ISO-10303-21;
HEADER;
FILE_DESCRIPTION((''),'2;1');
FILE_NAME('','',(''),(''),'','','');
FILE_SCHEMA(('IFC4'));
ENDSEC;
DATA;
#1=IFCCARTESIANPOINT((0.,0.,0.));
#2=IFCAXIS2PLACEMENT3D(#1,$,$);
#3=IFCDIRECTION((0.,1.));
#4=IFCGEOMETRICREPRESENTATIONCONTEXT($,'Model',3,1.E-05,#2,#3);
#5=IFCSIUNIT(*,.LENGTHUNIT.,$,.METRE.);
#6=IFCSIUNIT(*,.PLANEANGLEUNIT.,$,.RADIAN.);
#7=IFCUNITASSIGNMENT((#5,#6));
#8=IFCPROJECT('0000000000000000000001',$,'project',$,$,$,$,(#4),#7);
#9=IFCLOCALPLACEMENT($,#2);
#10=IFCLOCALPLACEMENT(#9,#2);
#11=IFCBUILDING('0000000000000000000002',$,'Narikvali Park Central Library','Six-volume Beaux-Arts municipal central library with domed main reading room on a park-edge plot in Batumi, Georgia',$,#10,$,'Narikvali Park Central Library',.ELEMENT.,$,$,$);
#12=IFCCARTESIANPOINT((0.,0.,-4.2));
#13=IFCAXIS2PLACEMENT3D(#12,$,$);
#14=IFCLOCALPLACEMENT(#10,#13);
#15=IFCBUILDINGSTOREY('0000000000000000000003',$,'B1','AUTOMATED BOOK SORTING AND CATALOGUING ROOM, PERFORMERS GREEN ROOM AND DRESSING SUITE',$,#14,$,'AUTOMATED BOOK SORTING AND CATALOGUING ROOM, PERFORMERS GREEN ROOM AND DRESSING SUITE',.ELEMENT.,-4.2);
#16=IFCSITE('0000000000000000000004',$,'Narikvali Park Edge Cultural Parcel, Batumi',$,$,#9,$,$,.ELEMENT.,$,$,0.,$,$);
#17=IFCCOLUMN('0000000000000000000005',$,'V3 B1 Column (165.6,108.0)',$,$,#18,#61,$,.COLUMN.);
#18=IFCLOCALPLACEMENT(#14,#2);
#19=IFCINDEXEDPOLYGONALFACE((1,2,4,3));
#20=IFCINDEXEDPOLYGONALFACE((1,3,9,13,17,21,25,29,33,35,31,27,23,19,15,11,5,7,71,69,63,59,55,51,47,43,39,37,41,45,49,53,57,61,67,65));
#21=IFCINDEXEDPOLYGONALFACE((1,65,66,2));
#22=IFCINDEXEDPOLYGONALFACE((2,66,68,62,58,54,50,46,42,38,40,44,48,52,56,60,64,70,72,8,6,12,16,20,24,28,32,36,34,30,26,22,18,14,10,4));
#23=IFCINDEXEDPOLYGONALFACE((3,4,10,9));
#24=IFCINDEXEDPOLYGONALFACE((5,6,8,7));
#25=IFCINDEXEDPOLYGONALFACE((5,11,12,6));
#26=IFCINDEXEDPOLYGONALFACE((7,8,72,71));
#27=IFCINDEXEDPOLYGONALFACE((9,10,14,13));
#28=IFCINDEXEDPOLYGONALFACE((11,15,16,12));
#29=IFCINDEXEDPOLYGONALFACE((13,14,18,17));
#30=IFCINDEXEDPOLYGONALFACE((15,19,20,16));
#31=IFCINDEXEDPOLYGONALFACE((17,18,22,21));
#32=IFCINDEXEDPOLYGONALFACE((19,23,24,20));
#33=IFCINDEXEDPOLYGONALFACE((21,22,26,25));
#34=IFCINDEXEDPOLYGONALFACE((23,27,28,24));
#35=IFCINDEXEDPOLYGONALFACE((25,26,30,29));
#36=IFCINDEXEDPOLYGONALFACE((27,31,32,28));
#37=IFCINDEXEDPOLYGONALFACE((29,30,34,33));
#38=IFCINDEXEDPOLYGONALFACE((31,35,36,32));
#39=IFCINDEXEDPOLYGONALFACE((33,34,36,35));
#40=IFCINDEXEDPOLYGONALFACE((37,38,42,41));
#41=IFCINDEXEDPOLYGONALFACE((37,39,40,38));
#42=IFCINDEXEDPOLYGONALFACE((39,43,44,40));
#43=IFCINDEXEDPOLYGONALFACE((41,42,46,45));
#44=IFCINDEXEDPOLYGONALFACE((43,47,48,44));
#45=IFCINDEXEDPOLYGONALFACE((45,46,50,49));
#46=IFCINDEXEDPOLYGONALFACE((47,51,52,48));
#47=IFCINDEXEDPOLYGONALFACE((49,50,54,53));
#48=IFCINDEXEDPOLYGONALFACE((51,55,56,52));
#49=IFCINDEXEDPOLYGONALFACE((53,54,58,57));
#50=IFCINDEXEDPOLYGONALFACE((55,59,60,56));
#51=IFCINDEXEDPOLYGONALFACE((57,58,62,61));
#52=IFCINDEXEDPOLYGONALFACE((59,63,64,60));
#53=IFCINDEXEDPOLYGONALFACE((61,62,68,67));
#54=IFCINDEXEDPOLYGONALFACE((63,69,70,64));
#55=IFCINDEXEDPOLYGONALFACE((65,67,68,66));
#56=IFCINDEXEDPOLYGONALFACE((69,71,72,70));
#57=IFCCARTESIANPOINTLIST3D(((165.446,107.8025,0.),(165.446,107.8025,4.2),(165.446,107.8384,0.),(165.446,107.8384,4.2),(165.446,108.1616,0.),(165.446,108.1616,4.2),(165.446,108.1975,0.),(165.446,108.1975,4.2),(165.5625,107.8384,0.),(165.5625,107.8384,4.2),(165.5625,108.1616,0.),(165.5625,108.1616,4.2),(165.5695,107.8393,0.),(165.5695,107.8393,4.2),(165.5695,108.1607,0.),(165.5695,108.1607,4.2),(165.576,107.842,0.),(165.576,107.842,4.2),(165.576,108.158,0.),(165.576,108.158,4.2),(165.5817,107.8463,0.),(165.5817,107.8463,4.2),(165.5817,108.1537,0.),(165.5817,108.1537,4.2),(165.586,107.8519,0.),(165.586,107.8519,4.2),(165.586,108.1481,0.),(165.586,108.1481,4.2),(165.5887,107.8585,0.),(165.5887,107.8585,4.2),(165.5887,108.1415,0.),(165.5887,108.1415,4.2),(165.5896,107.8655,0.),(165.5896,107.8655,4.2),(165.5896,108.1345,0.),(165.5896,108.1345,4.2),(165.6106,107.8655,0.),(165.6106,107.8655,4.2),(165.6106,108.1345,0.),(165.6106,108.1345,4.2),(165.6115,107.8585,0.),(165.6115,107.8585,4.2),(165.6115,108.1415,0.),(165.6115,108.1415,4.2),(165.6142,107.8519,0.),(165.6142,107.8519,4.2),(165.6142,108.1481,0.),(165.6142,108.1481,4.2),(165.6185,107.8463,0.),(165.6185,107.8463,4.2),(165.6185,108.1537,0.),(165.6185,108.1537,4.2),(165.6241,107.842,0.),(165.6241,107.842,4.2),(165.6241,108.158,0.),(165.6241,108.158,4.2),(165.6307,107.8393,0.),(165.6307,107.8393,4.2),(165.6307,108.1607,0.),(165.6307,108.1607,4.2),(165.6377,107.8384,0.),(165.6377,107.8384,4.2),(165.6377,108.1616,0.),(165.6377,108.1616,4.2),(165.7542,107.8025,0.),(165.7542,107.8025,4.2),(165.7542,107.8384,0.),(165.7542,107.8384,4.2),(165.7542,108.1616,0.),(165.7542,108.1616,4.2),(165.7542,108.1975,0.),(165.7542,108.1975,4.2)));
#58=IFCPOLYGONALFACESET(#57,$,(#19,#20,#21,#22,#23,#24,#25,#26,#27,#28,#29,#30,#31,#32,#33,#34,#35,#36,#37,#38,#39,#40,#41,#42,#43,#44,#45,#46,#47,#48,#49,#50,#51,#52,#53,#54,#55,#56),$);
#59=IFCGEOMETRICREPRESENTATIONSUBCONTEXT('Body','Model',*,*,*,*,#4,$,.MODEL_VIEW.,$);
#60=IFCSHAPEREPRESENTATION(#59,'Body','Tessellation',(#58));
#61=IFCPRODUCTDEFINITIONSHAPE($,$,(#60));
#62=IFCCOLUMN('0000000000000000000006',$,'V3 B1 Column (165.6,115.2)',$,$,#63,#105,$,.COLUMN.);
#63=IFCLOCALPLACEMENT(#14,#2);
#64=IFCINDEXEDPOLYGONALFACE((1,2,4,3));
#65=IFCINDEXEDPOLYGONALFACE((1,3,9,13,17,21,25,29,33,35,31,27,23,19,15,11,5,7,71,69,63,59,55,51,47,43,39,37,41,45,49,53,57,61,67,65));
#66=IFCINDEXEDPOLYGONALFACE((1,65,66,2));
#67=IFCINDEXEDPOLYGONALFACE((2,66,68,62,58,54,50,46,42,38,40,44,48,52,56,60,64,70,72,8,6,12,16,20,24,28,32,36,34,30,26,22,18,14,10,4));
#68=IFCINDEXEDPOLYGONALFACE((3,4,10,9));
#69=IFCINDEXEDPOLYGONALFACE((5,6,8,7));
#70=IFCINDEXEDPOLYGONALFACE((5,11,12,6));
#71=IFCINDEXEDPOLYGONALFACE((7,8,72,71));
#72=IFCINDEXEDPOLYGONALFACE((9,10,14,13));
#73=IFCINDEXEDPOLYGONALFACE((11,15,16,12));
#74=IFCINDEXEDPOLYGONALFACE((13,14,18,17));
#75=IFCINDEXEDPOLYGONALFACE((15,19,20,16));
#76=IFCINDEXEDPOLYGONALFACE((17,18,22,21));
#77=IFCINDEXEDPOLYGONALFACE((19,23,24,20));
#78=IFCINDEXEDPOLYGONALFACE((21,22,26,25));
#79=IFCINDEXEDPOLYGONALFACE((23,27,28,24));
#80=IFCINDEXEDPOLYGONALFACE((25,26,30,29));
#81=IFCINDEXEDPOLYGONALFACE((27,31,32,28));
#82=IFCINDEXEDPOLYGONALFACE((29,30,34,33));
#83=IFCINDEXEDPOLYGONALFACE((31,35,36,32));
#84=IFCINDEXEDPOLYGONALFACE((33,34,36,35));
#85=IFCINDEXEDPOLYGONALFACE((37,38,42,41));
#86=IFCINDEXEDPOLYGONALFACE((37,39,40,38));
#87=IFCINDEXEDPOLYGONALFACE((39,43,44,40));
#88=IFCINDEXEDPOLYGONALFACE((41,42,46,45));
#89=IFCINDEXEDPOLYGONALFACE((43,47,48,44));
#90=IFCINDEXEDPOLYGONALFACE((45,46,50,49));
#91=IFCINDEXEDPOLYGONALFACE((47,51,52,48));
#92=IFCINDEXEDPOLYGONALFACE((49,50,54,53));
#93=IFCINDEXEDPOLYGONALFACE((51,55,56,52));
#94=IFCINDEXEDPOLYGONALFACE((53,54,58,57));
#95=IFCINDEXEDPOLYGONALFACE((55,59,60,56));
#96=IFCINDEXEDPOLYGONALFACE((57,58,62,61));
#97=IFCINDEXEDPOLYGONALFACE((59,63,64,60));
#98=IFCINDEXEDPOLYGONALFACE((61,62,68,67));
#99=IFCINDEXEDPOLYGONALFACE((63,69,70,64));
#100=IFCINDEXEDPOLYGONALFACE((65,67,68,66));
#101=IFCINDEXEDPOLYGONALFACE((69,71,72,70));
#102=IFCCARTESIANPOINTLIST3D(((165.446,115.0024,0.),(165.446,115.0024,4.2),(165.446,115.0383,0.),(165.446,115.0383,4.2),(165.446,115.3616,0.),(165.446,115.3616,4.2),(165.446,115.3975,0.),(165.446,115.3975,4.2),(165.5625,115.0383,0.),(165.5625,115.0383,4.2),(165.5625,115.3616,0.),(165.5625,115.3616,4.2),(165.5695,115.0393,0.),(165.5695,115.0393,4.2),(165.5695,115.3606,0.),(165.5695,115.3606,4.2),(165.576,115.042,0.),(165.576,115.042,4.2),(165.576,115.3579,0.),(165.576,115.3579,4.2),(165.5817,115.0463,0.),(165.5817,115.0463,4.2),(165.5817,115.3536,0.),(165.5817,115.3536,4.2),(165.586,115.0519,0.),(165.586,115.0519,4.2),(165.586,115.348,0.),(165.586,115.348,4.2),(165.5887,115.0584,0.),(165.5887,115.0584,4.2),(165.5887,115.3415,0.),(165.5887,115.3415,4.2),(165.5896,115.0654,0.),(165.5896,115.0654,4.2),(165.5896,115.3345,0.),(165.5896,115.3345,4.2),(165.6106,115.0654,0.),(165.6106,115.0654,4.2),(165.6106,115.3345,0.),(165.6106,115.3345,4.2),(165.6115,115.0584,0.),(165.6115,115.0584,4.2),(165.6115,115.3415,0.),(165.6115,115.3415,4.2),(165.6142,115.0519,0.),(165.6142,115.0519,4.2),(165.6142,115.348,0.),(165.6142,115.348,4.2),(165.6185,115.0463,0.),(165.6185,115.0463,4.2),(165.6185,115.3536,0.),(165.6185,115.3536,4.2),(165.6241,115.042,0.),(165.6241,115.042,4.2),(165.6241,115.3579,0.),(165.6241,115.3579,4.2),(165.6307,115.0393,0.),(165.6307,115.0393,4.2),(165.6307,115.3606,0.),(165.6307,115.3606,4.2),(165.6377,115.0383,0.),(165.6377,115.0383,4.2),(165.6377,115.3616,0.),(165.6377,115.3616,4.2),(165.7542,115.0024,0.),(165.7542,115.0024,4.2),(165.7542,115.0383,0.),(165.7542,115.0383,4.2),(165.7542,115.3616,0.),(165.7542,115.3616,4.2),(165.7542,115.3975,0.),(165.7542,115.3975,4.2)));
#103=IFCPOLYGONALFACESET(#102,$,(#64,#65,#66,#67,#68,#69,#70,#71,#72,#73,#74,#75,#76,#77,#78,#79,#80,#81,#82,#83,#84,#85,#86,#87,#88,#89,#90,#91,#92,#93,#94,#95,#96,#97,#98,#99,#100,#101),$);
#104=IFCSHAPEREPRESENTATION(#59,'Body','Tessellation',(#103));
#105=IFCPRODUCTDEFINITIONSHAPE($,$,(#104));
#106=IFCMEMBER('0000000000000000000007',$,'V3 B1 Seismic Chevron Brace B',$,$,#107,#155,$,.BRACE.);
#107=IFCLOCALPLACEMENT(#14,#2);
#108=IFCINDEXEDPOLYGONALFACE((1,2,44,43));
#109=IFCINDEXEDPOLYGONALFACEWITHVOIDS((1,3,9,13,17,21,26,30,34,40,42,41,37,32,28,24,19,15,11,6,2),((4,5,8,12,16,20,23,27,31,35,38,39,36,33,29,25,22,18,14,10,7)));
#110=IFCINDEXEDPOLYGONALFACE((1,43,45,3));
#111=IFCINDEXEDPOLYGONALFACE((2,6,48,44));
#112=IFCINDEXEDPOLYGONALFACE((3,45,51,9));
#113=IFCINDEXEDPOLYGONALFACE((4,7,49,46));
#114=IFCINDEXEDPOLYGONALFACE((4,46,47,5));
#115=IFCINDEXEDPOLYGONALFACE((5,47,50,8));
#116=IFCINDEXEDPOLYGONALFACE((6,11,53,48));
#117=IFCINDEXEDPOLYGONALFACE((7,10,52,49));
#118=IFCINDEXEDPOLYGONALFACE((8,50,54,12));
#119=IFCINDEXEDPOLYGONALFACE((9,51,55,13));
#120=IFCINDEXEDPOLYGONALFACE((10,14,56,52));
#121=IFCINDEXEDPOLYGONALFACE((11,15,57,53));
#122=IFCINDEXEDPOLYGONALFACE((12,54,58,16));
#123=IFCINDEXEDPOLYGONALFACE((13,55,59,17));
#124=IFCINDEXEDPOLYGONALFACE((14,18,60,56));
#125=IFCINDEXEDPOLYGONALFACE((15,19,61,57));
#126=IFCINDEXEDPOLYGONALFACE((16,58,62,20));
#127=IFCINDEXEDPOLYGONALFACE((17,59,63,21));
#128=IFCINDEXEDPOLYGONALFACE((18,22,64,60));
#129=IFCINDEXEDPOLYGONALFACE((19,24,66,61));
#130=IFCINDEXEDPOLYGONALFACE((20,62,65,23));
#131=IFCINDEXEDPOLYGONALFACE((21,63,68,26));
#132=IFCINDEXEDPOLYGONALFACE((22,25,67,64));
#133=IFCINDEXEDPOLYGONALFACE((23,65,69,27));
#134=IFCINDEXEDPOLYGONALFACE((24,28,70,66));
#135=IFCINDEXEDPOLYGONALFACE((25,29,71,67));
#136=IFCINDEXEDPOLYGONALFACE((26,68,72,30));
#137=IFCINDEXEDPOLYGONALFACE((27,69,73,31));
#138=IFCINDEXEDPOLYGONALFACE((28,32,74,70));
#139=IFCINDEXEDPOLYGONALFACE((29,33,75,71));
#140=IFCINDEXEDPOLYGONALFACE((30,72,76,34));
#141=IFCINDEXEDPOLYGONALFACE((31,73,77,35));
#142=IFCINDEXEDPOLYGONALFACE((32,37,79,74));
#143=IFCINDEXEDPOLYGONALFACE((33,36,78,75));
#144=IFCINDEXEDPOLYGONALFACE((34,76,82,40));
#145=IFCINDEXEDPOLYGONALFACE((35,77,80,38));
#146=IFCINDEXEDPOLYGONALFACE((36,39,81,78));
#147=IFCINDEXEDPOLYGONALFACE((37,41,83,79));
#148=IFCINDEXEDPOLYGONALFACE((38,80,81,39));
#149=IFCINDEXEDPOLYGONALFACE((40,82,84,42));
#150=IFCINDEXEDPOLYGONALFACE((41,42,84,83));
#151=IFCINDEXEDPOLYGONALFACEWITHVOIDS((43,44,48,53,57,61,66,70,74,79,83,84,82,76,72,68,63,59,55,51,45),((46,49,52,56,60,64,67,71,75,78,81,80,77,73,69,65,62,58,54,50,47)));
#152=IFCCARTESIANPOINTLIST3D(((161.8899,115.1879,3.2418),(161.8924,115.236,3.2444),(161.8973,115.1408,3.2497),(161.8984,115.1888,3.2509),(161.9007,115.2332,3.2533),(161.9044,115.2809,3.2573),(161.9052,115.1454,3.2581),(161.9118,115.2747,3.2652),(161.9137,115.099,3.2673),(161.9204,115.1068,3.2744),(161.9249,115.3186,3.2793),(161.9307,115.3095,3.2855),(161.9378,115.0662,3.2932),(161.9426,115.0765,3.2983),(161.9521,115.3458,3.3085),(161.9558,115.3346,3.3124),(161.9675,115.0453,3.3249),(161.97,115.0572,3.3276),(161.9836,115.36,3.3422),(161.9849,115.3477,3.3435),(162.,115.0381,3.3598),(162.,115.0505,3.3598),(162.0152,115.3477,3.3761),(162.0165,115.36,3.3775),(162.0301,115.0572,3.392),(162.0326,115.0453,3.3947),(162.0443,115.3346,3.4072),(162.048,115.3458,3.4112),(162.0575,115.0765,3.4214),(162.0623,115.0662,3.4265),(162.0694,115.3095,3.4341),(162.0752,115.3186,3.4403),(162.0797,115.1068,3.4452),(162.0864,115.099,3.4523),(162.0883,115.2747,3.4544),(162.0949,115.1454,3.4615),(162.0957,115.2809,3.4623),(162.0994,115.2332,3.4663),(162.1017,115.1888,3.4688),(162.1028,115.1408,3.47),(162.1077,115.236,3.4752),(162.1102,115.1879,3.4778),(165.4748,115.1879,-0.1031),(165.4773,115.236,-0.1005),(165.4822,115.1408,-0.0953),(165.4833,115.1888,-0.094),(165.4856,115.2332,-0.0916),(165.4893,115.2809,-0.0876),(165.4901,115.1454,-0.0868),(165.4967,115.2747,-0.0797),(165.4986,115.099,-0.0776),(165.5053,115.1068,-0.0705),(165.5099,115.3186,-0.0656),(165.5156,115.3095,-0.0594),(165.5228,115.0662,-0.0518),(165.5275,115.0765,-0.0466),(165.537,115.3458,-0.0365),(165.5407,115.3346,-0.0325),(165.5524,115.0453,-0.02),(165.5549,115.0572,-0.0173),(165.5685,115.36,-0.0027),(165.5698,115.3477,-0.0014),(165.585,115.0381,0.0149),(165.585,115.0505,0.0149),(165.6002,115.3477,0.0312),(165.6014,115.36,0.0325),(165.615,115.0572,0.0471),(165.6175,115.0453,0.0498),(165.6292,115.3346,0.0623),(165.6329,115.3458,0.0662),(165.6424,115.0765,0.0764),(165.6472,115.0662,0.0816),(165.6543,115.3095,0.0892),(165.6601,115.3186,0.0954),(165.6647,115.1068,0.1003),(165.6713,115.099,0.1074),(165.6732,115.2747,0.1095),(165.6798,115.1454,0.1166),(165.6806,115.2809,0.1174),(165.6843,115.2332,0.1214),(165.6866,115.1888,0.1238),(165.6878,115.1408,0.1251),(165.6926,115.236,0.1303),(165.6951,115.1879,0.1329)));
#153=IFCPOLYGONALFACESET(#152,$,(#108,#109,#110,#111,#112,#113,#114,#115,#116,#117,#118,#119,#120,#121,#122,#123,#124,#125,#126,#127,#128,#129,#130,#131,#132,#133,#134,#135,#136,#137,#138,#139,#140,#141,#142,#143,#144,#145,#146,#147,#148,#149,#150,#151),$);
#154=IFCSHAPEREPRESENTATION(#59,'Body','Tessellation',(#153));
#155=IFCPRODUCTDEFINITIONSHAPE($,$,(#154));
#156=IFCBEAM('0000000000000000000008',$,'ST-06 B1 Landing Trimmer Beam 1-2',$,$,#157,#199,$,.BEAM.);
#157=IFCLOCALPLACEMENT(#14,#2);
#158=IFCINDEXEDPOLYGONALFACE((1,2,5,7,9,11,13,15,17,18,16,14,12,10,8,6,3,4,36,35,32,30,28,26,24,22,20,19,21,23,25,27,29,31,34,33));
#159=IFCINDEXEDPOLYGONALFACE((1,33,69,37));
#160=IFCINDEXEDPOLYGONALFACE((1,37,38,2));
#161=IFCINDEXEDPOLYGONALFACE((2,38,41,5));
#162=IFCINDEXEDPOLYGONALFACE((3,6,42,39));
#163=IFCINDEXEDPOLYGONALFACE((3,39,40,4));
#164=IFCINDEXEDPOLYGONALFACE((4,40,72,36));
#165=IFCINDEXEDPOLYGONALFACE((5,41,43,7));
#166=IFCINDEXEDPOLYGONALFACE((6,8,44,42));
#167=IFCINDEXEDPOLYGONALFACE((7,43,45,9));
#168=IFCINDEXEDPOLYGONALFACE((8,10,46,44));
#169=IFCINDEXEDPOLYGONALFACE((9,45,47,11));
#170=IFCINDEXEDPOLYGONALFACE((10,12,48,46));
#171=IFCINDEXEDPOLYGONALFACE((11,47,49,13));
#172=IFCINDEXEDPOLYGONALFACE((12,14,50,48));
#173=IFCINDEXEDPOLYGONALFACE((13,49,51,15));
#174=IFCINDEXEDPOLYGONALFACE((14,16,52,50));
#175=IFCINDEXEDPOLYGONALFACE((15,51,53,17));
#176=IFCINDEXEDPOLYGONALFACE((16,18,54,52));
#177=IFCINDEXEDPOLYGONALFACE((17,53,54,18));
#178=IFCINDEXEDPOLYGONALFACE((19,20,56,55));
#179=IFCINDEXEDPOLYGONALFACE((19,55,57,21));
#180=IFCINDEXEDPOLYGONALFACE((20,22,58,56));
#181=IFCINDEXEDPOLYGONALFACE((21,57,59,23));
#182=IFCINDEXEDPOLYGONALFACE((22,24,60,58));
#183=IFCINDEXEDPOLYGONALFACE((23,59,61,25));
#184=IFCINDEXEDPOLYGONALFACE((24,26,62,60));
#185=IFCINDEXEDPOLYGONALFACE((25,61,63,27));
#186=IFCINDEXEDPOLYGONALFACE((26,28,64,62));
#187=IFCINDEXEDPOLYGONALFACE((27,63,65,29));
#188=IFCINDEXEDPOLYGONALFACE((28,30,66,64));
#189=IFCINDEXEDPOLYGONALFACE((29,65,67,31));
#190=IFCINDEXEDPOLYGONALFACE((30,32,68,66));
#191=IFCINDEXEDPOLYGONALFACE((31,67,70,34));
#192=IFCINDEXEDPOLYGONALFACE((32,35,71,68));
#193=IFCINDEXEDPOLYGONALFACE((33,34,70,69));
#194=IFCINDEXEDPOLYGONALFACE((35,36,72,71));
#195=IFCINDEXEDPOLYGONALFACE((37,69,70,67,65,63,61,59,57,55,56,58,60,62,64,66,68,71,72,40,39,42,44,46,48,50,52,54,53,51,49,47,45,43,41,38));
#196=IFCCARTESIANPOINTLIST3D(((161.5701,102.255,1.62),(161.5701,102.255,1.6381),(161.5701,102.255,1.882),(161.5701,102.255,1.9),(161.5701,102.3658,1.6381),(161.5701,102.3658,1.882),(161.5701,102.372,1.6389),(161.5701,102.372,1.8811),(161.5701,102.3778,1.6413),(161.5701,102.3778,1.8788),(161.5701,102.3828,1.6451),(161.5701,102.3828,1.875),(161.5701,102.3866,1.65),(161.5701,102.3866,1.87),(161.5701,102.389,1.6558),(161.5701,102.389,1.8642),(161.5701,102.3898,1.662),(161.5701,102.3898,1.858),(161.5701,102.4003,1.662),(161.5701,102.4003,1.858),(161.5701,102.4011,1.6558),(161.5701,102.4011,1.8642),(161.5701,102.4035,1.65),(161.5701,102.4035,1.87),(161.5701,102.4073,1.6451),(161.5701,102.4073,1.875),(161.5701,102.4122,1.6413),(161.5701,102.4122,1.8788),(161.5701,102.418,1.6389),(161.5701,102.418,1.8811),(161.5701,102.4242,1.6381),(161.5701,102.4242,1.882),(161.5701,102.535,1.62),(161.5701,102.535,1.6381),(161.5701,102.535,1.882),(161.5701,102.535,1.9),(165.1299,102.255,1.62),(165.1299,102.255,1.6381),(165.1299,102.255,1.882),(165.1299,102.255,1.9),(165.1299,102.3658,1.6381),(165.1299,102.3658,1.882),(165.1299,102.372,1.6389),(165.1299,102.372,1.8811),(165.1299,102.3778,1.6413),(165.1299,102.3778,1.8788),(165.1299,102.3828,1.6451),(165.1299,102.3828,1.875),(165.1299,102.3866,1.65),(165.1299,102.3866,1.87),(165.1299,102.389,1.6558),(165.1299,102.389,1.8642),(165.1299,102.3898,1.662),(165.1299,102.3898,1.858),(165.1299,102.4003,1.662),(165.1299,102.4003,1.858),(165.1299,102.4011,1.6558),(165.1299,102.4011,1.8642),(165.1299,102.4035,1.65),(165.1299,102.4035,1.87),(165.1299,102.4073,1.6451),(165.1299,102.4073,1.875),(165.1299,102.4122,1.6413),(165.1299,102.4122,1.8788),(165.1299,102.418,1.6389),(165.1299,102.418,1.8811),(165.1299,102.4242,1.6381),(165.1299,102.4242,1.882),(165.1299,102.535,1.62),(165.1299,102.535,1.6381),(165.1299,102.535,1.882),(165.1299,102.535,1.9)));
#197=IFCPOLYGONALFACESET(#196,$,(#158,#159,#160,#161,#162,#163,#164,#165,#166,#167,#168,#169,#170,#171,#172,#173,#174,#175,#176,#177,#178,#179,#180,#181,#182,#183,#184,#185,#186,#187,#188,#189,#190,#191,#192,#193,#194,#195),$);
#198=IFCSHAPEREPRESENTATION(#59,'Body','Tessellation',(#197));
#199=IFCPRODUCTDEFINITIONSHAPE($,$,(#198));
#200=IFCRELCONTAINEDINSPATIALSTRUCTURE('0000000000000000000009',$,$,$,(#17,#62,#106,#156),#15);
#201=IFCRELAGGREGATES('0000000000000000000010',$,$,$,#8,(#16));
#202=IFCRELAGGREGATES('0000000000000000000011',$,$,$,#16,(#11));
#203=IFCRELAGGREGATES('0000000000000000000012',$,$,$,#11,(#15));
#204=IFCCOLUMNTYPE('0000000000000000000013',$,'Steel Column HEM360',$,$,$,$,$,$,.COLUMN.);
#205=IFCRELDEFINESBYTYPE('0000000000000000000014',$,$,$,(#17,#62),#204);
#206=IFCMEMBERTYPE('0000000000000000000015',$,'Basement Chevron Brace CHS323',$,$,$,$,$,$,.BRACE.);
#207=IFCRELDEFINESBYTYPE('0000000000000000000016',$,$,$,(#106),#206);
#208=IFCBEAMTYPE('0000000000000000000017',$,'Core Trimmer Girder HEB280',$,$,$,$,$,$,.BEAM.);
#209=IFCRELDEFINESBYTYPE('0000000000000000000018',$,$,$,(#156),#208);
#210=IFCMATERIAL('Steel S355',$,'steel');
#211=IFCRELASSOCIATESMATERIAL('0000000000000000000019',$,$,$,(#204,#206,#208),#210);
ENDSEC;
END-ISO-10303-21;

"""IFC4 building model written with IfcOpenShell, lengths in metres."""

from ifc_helpers import new_model, si_unit, direction, frame, origin, origin_2d, place, context, subcontext, project, spatial, hollow_circle, i_section, extrude, material, material_profile, profile_set, type_object, element, save


model = new_model("IFC4")

# Units and contexts
model_context = context("Model", 3, precision=1e-05, world=origin(), true_north=direction((0.0, 1.0)))
body_context = subcontext(model_context, "Body", "Model", "MODEL_VIEW")
ifc_project = project(units=[si_unit("LENGTHUNIT", "METRE"), si_unit("PLANEANGLEUNIT", "RADIAN")], contexts=[model_context])

# Site, building, storey
site_placement = place(None, origin())
site = spatial("IfcSite", under=ifc_project, at=site_placement, Name="Narikvali Park Edge Cultural Parcel, Batumi", CompositionType="ELEMENT", RefElevation=0.0)
building_placement = place(site_placement, origin())
building = spatial("IfcBuilding", under=site, at=building_placement, Name="Narikvali Park Central Library", Description="Six-volume Beaux-Arts municipal central library with domed main reading room on a park-edge plot in Batumi, Georgia", LongName="Narikvali Park Central Library", CompositionType="ELEMENT")
storey_placement = place(building_placement, frame((0.0, 0.0, -4.2)))
storey = spatial("IfcBuildingStorey", under=building, at=storey_placement, Name="B1", Description="AUTOMATED BOOK SORTING AND CATALOGUING ROOM, PERFORMERS GREEN ROOM AND DRESSING SUITE", LongName="AUTOMATED BOOK SORTING AND CATALOGUING ROOM, PERFORMERS GREEN ROOM AND DRESSING SUITE", CompositionType="ELEMENT", Elevation=-4.2)

# Columns
ifc_material_1 = material(Name="Steel S355", Category="steel")
ifc_material_profile_1 = material_profile(ifc_material_1, i_section(OverallWidth=0.3081, OverallDepth=0.395, WebThickness=0.021, FlangeThickness=0.0359, FilletRadius=0.0271, at=origin_2d()), Name="HEM 360")
ifc_profile_set_1 = profile_set([ifc_material_profile_1], Name="Steel S355")
column_type = type_object("IfcColumnType", Name="Steel Column HEM360", PredefinedType="COLUMN", material=ifc_profile_set_1)
for number, where, z_axis, x_axis, name in (
    (1, (165.6001, 108.0, 0.0), (0.0, 0.0, 1.0), (1.0, 0.0, 0.0), "V3 B1 Column (165.6,108.0)"),
    (2, (165.6001, 115.2, 0.0), (0.0, 0.0, 1.0), (1.0, 0.0, 0.0), "V3 B1 Column (165.6,115.2)"),
):
    element("IfcColumn", number, at=place(storey_placement, frame(where, z_axis=z_axis, x_axis=x_axis)), inside=storey, type_object=column_type, Name=name, PredefinedType="COLUMN", context=body_context, shape_type="SweptSolid", body=[
        extrude(i_section(OverallWidth=0.3081, OverallDepth=0.395, WebThickness=0.021, FlangeThickness=0.0359, FilletRadius=0.0271, at=origin_2d()), origin(), (0.0, 0.0, 1.0), 4.2),
    ])

# Member
ifc_material_profile_2 = material_profile(ifc_material_1, hollow_circle(Radius=0.1619, WallThickness=0.0125, at=origin_2d()), Name="CHS 323.9x12.5")
ifc_profile_set_2 = profile_set([ifc_material_profile_2], Name="Steel S355")
member_type = type_object("IfcMemberType", Name="Basement Chevron Brace CHS323", PredefinedType="BRACE", material=ifc_profile_set_2)
member_placement = place(storey_placement, frame((165.585, 115.2, 0.0149), z_axis=(-0.731156, 0.0, 0.68221), x_axis=(0.0, -1.0, 0.0)))
element("IfcMember", 3, at=member_placement, inside=storey, type_object=member_type, Name="V3 B1 Seismic Chevron Brace B", PredefinedType="BRACE", context=body_context, shape_type="SweptSolid", body=[
    extrude(hollow_circle(Radius=0.1619, WallThickness=0.0125, at=origin_2d()), origin(), (0.0, 0.0, 1.0), 4.9031),
])

# Beam
ifc_material_profile_3 = material_profile(ifc_material_1, i_section(OverallWidth=0.28, OverallDepth=0.28, WebThickness=0.0105, FlangeThickness=0.0181, FilletRadius=0.0239, at=origin_2d()), Name="HEB 280")
ifc_profile_set_3 = profile_set([ifc_material_profile_3], Name="Steel S355")
beam_type = type_object("IfcBeamType", Name="Core Trimmer Girder HEB280", PredefinedType="BEAM", material=ifc_profile_set_3)
beam_placement = place(storey_placement, frame((161.5701, 102.395, 1.76), z_axis=(1.0, 0.0, 0.0), x_axis=(0.0, 1.0, 0.0)))
element("IfcBeam", 4, at=beam_placement, inside=storey, type_object=beam_type, Name="ST-06 B1 Landing Trimmer Beam 1-2", PredefinedType="BEAM", context=body_context, shape_type="SweptSolid", body=[
    extrude(i_section(OverallWidth=0.28, OverallDepth=0.28, WebThickness=0.0105, FlangeThickness=0.0181, FilletRadius=0.0239, at=origin_2d()), origin(), (0.0, 0.0, 1.0), 3.5598),
])

save(model, "model.ifc")
